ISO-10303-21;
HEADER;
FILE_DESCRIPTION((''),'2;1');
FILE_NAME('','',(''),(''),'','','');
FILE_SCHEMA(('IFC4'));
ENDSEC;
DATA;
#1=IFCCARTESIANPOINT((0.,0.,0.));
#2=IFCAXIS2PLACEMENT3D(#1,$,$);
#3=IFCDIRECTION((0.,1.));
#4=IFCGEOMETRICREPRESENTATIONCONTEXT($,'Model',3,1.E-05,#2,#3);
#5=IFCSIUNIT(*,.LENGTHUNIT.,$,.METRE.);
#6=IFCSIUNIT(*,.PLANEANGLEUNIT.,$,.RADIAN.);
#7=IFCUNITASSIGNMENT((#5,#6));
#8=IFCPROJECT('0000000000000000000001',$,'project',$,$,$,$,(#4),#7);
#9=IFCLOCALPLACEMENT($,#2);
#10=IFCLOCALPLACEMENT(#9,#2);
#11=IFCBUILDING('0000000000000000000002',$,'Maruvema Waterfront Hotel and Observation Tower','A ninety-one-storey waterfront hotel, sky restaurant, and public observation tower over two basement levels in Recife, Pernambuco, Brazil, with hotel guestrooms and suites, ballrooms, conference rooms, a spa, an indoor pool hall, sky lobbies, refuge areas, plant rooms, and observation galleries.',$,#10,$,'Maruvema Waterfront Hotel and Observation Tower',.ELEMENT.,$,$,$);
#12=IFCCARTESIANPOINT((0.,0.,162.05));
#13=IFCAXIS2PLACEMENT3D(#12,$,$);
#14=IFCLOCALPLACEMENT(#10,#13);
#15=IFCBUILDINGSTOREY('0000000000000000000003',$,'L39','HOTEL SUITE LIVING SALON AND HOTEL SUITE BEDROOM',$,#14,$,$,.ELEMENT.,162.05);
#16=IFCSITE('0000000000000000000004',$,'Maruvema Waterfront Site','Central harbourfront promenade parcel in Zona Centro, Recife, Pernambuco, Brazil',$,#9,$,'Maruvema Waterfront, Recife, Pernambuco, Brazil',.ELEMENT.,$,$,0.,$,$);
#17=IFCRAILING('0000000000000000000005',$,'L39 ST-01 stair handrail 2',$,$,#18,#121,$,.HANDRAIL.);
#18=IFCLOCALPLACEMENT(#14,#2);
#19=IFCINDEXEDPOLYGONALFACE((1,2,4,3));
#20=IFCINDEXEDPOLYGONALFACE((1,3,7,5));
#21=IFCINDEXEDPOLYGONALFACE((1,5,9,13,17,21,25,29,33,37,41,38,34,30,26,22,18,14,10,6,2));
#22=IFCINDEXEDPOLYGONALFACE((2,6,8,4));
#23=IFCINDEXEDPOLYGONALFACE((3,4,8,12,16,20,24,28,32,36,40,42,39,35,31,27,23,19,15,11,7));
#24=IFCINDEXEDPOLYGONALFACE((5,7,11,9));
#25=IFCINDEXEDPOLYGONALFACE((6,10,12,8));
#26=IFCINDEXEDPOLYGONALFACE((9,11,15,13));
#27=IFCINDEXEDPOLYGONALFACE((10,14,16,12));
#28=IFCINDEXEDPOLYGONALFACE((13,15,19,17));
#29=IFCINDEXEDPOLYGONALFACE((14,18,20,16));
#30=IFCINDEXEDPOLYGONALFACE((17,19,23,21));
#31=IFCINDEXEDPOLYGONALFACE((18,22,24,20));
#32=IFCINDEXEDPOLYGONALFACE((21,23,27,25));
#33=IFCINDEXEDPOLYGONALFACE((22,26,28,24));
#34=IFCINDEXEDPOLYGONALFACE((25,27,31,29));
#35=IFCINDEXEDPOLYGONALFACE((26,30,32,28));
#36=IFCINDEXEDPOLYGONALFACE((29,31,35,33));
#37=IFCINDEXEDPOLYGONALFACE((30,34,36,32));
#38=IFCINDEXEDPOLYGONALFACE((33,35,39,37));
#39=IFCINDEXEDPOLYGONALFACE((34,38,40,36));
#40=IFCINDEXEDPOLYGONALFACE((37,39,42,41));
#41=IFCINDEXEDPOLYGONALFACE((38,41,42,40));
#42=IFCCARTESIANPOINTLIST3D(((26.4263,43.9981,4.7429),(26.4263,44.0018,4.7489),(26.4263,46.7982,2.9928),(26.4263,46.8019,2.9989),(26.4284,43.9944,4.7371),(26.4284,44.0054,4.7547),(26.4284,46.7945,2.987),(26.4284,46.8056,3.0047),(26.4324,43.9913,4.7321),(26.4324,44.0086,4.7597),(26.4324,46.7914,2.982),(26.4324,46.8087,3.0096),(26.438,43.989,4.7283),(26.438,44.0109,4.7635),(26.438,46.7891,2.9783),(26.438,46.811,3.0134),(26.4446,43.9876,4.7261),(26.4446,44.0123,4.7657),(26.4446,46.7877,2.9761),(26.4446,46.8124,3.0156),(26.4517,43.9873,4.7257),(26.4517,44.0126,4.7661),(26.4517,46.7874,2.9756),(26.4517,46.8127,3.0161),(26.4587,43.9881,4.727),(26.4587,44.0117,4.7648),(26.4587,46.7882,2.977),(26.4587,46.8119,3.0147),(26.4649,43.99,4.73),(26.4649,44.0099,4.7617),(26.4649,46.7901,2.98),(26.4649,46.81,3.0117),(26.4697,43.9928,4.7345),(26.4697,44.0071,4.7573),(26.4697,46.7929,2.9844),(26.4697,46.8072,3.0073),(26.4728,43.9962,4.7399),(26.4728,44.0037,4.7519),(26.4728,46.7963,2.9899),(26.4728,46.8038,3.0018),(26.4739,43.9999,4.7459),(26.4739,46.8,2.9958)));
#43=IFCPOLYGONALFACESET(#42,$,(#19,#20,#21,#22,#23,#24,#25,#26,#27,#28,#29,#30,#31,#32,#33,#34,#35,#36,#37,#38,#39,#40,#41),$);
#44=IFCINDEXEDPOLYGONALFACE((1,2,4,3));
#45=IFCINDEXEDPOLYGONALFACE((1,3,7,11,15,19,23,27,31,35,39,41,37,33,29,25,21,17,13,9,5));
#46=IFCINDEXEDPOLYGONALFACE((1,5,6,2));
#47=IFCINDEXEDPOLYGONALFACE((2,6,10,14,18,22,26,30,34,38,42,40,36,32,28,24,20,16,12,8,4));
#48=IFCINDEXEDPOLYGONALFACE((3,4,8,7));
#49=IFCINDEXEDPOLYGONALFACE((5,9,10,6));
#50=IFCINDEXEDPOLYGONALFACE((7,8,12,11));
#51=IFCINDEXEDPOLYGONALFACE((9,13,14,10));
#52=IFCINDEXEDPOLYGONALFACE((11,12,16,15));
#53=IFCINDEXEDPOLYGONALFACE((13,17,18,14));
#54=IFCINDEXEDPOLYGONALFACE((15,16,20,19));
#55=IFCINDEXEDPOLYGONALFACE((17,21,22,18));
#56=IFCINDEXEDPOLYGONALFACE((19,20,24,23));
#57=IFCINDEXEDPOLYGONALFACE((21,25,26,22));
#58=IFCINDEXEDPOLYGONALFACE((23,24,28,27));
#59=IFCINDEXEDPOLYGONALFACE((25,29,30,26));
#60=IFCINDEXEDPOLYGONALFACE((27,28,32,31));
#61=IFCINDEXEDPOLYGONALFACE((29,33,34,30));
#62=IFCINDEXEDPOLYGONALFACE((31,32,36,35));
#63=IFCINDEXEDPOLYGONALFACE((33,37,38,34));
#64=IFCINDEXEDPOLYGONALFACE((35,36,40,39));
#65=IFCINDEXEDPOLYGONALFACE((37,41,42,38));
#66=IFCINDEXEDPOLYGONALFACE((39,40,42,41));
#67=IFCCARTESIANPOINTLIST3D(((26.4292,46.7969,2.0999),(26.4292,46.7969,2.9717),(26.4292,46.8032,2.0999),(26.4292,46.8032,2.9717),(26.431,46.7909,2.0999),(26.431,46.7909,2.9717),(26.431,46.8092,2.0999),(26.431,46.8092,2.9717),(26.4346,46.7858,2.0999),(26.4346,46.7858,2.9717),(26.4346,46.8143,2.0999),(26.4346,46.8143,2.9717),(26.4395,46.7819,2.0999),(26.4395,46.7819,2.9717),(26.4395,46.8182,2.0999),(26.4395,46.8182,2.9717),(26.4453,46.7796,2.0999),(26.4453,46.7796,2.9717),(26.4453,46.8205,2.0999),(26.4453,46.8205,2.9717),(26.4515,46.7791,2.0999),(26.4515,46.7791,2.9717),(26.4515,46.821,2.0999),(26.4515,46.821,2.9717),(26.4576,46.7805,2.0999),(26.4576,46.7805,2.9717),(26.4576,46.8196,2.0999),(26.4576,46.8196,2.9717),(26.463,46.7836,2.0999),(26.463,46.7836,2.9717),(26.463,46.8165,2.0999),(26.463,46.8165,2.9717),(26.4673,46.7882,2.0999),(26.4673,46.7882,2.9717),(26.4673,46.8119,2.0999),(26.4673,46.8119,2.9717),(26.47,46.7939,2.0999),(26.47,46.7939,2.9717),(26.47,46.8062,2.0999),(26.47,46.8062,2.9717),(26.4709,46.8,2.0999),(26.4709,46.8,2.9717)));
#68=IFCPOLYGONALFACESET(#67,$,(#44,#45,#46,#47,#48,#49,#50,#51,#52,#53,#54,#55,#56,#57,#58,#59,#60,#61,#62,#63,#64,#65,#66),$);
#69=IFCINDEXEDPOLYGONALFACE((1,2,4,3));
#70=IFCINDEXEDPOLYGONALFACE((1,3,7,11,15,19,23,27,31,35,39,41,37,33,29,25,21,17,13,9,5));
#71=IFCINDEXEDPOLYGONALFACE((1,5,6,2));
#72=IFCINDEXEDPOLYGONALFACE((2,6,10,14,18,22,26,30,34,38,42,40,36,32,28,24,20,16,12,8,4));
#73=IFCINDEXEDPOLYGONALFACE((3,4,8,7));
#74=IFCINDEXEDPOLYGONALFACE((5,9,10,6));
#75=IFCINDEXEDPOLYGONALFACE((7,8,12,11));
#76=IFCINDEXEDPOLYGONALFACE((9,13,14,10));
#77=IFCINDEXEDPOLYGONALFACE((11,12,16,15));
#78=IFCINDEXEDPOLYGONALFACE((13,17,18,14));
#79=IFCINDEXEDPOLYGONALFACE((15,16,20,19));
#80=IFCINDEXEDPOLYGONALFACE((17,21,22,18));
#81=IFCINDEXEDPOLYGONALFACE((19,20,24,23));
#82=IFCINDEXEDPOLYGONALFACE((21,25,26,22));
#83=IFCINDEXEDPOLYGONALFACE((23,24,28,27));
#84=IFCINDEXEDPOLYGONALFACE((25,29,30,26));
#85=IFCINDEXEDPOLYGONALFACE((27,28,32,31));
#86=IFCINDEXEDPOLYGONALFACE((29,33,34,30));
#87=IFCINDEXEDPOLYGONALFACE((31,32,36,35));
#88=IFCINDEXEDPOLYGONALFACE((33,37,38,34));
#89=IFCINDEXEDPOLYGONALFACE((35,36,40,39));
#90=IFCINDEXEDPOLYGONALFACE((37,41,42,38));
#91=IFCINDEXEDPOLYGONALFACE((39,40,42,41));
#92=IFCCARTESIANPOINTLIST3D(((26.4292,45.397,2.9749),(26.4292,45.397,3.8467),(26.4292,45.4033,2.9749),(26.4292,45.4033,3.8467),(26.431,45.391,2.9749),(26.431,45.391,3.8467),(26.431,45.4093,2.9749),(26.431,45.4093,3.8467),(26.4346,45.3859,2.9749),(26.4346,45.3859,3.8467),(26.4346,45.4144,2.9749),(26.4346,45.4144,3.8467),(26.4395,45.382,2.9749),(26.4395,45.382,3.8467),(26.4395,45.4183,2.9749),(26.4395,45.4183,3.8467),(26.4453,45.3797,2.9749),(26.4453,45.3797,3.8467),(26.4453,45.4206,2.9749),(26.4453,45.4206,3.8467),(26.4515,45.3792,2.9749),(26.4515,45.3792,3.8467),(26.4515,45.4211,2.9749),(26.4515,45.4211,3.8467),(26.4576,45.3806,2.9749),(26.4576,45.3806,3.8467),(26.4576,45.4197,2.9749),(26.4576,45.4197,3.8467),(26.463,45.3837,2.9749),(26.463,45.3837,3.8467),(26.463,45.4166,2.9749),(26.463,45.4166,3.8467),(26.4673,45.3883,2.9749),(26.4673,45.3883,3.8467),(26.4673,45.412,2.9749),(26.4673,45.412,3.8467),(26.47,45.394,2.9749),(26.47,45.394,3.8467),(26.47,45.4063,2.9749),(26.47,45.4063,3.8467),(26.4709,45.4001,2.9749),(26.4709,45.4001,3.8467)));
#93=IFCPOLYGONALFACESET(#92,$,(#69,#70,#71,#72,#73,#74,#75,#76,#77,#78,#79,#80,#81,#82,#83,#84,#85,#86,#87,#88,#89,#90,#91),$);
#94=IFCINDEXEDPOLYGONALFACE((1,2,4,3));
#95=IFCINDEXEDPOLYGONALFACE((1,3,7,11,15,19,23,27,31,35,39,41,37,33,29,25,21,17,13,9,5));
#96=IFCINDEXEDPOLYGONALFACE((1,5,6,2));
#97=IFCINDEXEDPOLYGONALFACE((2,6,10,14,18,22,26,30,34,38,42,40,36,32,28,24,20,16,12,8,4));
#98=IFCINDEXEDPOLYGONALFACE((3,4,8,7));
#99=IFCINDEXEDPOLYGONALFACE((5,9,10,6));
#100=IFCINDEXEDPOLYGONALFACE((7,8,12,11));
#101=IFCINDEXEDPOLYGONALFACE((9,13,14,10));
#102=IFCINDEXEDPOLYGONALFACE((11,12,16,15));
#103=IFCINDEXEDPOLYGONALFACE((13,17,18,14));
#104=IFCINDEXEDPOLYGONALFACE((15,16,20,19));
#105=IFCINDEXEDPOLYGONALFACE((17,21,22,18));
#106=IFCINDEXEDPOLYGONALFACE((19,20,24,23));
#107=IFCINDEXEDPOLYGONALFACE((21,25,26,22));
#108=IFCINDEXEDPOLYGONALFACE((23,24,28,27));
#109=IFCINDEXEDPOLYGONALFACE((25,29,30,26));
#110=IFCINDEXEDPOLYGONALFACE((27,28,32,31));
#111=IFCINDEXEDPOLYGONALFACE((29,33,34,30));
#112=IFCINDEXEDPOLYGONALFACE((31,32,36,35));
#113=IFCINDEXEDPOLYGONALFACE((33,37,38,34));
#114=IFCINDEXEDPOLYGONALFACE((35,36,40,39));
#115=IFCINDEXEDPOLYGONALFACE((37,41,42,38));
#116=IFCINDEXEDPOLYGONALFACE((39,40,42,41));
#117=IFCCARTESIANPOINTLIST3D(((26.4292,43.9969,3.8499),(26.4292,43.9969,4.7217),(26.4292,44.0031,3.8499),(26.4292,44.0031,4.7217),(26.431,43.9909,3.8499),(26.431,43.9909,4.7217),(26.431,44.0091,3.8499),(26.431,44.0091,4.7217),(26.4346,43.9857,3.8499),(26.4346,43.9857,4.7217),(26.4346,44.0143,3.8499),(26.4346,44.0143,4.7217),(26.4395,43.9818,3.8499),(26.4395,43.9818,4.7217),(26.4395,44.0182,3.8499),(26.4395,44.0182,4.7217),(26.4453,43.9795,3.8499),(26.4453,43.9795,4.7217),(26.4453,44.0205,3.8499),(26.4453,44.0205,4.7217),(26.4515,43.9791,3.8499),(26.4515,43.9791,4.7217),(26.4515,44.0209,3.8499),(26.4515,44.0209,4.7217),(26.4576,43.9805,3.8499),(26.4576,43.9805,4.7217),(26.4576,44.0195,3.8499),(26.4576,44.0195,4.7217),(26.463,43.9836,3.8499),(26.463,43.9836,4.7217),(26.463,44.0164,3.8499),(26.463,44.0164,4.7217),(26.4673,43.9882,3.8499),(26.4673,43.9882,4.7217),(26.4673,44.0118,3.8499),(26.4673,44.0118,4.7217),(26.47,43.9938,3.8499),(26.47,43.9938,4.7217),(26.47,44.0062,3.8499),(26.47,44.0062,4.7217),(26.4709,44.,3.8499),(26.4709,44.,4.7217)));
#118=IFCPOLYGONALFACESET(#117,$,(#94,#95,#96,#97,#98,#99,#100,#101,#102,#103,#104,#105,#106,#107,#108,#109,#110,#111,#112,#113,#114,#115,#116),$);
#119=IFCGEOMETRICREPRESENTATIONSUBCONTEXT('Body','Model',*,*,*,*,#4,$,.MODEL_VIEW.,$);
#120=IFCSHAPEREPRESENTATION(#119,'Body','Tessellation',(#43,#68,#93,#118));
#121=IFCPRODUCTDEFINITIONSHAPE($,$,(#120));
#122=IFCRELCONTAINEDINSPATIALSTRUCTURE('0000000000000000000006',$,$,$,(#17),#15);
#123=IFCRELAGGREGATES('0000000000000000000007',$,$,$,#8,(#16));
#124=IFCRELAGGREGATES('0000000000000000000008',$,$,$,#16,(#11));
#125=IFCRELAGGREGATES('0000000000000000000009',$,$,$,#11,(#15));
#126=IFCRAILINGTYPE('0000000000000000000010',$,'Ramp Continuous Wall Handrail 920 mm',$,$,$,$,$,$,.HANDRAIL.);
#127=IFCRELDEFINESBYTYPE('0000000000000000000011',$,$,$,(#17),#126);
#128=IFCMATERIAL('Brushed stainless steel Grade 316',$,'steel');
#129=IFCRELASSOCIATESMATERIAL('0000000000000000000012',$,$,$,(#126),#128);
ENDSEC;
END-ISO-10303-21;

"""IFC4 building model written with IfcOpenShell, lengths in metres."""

from ifc_helpers import new_model, si_unit, direction, frame, origin, origin_2d, place, context, subcontext, project, spatial, circle, extrude, material, type_object, element, save


model = new_model("IFC4")

# Units and contexts
model_context = context("Model", 3, precision=1e-05, world=origin(), true_north=direction((0.0, 1.0)))
body_context = subcontext(model_context, "Body", "Model", "MODEL_VIEW")
ifc_project = project(units=[si_unit("LENGTHUNIT", "METRE"), si_unit("PLANEANGLEUNIT", "RADIAN")], contexts=[model_context])

# Site, building, storey
site_placement = place(None, origin())
site = spatial("IfcSite", under=ifc_project, at=site_placement, Name="Maruvema Waterfront Site", Description="Central harbourfront promenade parcel in Zona Centro, Recife, Pernambuco, Brazil", LongName="Maruvema Waterfront, Recife, Pernambuco, Brazil", CompositionType="ELEMENT", RefElevation=0.0)
building_placement = place(site_placement, origin())
building = spatial("IfcBuilding", under=site, at=building_placement, Name="Maruvema Waterfront Hotel and Observation Tower", Description="A ninety-one-storey waterfront hotel, sky restaurant, and public observation tower over two basement levels in Recife, Pernambuco, Brazil, with hotel guestrooms and suites, ballrooms, conference rooms, a spa, an indoor pool hall, sky lobbies, refuge areas, plant rooms, and observation galleries.", LongName="Maruvema Waterfront Hotel and Observation Tower", CompositionType="ELEMENT")
storey_placement = place(building_placement, frame((0.0, 0.0, 162.05)))
storey = spatial("IfcBuildingStorey", under=building, at=storey_placement, Name="L39", Description="HOTEL SUITE LIVING SALON AND HOTEL SUITE BEDROOM", CompositionType="ELEMENT", Elevation=162.05)

# Railing
ifc_material_1 = material(Name="Brushed stainless steel Grade 316", Category="steel")
railing_type_1 = type_object("IfcRailingType", Name="Ramp Continuous Wall Handrail 920 mm", PredefinedType="HANDRAIL", material=ifc_material_1)
railing_1_placement = place(storey_placement, frame((26.45, 46.8, 2.0999)))
element("IfcRailing", 1, at=railing_1_placement, inside=storey, type_object=railing_type_1, Name="L39 ST-01 stair handrail 2", PredefinedType="HANDRAIL", context=body_context, shape_type="SweptSolid", body=[
    extrude(circle(Radius=0.0239, at=origin_2d()), frame((0.0, 0.0, 0.896), z_axis=(0.0, -0.848002, 0.529992), x_axis=(1.0, 0.0, 0.0)), (0.0, 0.0, 1.0), 3.302),
    extrude(circle(Radius=0.021, at=origin_2d()), origin(), (0.0, 0.0, 1.0), 0.8718),
    extrude(circle(Radius=0.021, at=origin_2d()), frame((0.0, -1.3999, 0.875)), (0.0, 0.0, 1.0), 0.8718),
    extrude(circle(Radius=0.021, at=origin_2d()), frame((0.0, -2.8, 1.75)), (0.0, 0.0, 1.0), 0.8718),
])

save(model, "model.ifc")
